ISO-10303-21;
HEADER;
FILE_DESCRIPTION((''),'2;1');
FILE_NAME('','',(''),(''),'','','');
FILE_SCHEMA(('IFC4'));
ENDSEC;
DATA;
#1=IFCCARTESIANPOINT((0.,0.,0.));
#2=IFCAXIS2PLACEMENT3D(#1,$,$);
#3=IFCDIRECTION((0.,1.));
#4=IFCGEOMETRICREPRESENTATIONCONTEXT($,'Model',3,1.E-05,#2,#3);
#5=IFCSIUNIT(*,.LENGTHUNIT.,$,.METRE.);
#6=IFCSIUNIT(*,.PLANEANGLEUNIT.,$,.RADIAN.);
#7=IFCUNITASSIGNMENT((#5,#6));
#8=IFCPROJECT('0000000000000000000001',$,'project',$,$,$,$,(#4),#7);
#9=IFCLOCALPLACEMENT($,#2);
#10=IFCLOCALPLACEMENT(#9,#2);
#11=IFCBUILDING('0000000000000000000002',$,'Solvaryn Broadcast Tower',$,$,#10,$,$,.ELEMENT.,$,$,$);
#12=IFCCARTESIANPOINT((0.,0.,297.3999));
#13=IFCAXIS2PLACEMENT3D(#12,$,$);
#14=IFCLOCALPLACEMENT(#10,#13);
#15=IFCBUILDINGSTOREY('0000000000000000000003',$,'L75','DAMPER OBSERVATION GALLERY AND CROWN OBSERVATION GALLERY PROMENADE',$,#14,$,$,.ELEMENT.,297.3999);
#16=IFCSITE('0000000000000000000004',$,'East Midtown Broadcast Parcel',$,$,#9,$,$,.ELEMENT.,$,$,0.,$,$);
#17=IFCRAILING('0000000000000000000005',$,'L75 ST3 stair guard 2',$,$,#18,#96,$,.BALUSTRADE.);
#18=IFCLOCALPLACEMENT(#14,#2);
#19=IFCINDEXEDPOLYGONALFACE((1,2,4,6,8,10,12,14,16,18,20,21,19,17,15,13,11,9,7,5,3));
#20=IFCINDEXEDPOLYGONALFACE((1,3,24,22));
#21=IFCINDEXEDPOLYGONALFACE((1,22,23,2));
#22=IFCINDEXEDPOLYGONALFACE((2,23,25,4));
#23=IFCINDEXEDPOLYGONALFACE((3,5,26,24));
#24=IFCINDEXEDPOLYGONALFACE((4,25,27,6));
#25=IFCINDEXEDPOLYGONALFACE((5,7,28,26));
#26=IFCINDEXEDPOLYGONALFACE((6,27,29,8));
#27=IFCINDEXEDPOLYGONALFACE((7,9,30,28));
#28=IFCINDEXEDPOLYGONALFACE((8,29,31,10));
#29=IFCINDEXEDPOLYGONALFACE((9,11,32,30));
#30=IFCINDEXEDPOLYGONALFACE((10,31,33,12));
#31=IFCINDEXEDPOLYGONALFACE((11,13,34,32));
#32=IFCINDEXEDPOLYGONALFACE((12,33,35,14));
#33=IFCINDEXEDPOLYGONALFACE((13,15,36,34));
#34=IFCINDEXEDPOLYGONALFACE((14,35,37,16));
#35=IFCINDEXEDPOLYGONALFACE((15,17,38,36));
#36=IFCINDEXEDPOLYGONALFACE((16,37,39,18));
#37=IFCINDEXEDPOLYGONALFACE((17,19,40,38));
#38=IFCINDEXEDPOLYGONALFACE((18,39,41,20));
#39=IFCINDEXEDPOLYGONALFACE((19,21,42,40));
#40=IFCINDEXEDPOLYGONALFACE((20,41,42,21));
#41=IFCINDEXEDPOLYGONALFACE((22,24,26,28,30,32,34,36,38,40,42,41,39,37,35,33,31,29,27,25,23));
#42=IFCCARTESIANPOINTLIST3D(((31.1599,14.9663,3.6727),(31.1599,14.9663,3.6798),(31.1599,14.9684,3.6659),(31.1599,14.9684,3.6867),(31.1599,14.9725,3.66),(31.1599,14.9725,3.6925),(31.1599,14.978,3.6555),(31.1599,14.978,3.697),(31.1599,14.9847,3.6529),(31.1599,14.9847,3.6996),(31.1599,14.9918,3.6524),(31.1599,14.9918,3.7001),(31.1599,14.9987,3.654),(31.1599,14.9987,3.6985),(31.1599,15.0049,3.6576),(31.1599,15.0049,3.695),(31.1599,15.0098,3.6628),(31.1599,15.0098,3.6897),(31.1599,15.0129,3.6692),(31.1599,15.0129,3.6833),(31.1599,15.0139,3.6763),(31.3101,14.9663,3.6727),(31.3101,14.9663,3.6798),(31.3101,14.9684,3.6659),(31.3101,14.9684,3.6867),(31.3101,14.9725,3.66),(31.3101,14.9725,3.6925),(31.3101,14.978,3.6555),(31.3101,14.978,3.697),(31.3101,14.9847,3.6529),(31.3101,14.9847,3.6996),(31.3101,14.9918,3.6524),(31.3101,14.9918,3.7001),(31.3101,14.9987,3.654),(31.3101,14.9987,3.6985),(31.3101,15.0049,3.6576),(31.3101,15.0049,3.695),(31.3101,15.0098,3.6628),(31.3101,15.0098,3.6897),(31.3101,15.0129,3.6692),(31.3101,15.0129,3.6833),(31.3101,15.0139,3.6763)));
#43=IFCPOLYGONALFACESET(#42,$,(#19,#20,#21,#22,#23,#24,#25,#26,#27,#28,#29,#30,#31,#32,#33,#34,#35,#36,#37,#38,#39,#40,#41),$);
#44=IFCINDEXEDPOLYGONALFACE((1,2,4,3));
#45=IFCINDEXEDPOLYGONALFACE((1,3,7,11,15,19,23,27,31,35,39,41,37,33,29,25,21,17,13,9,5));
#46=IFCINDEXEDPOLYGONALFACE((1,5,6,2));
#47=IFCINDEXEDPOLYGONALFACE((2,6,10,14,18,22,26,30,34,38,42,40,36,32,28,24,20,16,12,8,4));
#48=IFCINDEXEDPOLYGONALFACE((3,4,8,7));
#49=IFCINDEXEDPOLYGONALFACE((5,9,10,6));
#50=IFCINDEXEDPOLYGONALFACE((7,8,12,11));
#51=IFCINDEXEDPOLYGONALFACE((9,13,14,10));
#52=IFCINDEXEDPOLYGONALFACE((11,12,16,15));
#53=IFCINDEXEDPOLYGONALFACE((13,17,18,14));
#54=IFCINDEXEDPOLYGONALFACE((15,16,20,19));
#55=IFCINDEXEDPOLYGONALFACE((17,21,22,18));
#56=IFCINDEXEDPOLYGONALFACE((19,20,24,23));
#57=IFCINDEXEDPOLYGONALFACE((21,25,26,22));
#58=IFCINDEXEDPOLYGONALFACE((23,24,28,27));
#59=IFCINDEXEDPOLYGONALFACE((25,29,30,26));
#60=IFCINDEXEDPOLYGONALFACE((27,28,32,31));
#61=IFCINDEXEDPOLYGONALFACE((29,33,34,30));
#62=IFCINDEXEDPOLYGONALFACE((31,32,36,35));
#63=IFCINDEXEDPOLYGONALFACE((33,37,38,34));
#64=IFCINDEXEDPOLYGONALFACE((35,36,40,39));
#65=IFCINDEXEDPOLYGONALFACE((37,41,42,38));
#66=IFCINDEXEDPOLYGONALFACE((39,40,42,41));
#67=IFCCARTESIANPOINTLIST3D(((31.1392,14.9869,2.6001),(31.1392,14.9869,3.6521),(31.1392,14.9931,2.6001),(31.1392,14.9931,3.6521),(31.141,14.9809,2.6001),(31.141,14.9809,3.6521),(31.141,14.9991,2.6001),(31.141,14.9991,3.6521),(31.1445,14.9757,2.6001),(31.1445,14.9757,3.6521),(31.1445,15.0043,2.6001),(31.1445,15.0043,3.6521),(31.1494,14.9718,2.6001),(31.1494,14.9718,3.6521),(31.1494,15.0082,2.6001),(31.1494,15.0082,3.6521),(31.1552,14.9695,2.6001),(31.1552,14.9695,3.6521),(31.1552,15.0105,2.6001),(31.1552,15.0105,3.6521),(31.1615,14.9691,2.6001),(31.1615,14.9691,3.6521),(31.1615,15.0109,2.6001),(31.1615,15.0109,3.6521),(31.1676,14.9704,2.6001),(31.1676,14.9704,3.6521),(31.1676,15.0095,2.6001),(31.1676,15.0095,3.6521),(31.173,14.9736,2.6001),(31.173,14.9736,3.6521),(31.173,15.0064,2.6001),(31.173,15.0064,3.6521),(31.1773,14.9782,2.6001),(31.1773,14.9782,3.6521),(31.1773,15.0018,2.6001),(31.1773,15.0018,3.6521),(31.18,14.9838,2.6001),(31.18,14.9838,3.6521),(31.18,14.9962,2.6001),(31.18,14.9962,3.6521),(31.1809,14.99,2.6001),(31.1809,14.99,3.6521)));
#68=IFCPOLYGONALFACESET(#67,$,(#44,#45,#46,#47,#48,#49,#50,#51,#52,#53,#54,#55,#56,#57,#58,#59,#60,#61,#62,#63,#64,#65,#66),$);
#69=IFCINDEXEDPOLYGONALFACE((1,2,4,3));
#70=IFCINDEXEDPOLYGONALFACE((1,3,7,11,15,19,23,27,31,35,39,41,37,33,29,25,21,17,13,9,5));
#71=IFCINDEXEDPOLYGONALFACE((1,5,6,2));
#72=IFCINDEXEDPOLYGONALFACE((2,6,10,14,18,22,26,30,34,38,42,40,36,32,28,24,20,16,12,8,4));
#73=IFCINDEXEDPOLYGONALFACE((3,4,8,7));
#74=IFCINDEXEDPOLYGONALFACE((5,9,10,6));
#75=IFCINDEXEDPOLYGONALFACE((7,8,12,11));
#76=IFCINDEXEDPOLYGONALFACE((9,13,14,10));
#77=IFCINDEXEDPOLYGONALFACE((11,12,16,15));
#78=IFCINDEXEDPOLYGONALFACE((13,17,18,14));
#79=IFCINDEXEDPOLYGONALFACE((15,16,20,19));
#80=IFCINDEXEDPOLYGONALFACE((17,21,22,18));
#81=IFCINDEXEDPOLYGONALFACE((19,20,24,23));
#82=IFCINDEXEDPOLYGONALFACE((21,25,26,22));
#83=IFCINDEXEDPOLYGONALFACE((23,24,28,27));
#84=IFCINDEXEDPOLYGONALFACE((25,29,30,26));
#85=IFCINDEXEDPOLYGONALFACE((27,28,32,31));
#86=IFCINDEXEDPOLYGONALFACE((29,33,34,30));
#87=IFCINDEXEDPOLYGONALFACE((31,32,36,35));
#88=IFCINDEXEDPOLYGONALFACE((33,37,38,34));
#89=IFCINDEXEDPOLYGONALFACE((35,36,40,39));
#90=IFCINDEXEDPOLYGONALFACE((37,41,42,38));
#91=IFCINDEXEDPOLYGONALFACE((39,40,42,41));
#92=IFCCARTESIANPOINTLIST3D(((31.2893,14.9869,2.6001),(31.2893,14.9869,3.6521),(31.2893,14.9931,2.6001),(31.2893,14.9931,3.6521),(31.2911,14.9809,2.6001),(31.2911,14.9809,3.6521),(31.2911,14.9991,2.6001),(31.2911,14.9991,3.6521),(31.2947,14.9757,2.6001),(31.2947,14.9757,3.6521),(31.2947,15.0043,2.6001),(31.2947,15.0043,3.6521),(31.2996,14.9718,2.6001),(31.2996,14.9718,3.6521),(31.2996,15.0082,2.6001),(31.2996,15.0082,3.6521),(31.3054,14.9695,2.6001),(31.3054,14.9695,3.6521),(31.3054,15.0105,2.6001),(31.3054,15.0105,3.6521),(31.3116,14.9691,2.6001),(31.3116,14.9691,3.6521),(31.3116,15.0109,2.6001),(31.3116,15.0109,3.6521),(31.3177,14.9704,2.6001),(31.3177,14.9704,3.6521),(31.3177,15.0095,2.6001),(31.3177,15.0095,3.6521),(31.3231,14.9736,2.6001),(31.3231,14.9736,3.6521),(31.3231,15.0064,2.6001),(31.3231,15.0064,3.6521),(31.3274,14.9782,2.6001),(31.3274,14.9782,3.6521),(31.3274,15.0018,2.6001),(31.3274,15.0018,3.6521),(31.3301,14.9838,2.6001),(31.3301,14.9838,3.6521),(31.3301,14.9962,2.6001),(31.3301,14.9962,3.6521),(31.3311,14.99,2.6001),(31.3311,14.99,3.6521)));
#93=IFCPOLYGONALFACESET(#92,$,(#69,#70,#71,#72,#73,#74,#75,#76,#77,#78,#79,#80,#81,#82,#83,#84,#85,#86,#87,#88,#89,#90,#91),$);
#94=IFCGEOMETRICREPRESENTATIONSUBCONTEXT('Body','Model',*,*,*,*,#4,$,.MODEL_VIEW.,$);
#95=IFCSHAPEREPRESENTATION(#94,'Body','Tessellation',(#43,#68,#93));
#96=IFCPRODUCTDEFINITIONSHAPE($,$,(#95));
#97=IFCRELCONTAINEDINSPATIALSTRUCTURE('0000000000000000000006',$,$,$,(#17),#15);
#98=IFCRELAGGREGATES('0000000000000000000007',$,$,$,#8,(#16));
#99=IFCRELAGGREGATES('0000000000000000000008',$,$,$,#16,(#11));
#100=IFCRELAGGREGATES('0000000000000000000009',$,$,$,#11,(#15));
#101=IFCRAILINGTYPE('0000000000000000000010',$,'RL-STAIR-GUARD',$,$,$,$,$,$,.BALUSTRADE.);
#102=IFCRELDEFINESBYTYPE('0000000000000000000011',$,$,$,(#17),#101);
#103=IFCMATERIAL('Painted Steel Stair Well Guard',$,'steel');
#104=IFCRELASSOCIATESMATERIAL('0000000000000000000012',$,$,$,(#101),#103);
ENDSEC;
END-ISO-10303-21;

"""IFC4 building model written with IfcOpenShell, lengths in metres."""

from ifc_helpers import new_model, si_unit, direction, frame, origin, origin_2d, place, context, subcontext, project, spatial, circle, extrude, material, type_object, element, save


model = new_model("IFC4")

# Units and contexts
model_context = context("Model", 3, precision=1e-05, world=origin(), true_north=direction((0.0, 1.0)))
body_context = subcontext(model_context, "Body", "Model", "MODEL_VIEW")
ifc_project = project(units=[si_unit("LENGTHUNIT", "METRE"), si_unit("PLANEANGLEUNIT", "RADIAN")], contexts=[model_context])

# Site, building, storey
site_placement = place(None, origin())
site = spatial("IfcSite", under=ifc_project, at=site_placement, Name="East Midtown Broadcast Parcel", CompositionType="ELEMENT", RefElevation=0.0)
building_placement = place(site_placement, origin())
building = spatial("IfcBuilding", under=site, at=building_placement, Name="Solvaryn Broadcast Tower", CompositionType="ELEMENT")
storey_placement = place(building_placement, frame((0.0, 0.0, 297.3999)))
storey = spatial("IfcBuildingStorey", under=building, at=storey_placement, Name="L75", Description="DAMPER OBSERVATION GALLERY AND CROWN OBSERVATION GALLERY PROMENADE", CompositionType="ELEMENT", Elevation=297.3999)

# Railing
ifc_material_1 = material(Name="Painted Steel Stair Well Guard", Category="steel")
railing_type_1 = type_object("IfcRailingType", Name="RL-STAIR-GUARD", PredefinedType="BALUSTRADE", material=ifc_material_1)
railing_1_placement = place(storey_placement, frame((31.1599, 14.99, 2.6001)))
element("IfcRailing", 1, at=railing_1_placement, inside=storey, type_object=railing_type_1, Name="L75 ST3 stair guard 2", PredefinedType="BALUSTRADE", context=body_context, shape_type="SweptSolid", body=[
    extrude(circle(Radius=0.0239, at=origin_2d()), frame((0.0, 0.0, 1.0762), z_axis=(1.0, 0.0, 0.0), x_axis=(0.0, 1.0, 0.0)), (0.0, 0.0, 1.0), 0.1501),
    extrude(circle(Radius=0.021, at=origin_2d()), origin(), (0.0, 0.0, 1.0), 1.052),
    extrude(circle(Radius=0.021, at=origin_2d()), frame((0.1501, 0.0, 0.0)), (0.0, 0.0, 1.0), 1.052),
])

save(model, "model.ifc")
